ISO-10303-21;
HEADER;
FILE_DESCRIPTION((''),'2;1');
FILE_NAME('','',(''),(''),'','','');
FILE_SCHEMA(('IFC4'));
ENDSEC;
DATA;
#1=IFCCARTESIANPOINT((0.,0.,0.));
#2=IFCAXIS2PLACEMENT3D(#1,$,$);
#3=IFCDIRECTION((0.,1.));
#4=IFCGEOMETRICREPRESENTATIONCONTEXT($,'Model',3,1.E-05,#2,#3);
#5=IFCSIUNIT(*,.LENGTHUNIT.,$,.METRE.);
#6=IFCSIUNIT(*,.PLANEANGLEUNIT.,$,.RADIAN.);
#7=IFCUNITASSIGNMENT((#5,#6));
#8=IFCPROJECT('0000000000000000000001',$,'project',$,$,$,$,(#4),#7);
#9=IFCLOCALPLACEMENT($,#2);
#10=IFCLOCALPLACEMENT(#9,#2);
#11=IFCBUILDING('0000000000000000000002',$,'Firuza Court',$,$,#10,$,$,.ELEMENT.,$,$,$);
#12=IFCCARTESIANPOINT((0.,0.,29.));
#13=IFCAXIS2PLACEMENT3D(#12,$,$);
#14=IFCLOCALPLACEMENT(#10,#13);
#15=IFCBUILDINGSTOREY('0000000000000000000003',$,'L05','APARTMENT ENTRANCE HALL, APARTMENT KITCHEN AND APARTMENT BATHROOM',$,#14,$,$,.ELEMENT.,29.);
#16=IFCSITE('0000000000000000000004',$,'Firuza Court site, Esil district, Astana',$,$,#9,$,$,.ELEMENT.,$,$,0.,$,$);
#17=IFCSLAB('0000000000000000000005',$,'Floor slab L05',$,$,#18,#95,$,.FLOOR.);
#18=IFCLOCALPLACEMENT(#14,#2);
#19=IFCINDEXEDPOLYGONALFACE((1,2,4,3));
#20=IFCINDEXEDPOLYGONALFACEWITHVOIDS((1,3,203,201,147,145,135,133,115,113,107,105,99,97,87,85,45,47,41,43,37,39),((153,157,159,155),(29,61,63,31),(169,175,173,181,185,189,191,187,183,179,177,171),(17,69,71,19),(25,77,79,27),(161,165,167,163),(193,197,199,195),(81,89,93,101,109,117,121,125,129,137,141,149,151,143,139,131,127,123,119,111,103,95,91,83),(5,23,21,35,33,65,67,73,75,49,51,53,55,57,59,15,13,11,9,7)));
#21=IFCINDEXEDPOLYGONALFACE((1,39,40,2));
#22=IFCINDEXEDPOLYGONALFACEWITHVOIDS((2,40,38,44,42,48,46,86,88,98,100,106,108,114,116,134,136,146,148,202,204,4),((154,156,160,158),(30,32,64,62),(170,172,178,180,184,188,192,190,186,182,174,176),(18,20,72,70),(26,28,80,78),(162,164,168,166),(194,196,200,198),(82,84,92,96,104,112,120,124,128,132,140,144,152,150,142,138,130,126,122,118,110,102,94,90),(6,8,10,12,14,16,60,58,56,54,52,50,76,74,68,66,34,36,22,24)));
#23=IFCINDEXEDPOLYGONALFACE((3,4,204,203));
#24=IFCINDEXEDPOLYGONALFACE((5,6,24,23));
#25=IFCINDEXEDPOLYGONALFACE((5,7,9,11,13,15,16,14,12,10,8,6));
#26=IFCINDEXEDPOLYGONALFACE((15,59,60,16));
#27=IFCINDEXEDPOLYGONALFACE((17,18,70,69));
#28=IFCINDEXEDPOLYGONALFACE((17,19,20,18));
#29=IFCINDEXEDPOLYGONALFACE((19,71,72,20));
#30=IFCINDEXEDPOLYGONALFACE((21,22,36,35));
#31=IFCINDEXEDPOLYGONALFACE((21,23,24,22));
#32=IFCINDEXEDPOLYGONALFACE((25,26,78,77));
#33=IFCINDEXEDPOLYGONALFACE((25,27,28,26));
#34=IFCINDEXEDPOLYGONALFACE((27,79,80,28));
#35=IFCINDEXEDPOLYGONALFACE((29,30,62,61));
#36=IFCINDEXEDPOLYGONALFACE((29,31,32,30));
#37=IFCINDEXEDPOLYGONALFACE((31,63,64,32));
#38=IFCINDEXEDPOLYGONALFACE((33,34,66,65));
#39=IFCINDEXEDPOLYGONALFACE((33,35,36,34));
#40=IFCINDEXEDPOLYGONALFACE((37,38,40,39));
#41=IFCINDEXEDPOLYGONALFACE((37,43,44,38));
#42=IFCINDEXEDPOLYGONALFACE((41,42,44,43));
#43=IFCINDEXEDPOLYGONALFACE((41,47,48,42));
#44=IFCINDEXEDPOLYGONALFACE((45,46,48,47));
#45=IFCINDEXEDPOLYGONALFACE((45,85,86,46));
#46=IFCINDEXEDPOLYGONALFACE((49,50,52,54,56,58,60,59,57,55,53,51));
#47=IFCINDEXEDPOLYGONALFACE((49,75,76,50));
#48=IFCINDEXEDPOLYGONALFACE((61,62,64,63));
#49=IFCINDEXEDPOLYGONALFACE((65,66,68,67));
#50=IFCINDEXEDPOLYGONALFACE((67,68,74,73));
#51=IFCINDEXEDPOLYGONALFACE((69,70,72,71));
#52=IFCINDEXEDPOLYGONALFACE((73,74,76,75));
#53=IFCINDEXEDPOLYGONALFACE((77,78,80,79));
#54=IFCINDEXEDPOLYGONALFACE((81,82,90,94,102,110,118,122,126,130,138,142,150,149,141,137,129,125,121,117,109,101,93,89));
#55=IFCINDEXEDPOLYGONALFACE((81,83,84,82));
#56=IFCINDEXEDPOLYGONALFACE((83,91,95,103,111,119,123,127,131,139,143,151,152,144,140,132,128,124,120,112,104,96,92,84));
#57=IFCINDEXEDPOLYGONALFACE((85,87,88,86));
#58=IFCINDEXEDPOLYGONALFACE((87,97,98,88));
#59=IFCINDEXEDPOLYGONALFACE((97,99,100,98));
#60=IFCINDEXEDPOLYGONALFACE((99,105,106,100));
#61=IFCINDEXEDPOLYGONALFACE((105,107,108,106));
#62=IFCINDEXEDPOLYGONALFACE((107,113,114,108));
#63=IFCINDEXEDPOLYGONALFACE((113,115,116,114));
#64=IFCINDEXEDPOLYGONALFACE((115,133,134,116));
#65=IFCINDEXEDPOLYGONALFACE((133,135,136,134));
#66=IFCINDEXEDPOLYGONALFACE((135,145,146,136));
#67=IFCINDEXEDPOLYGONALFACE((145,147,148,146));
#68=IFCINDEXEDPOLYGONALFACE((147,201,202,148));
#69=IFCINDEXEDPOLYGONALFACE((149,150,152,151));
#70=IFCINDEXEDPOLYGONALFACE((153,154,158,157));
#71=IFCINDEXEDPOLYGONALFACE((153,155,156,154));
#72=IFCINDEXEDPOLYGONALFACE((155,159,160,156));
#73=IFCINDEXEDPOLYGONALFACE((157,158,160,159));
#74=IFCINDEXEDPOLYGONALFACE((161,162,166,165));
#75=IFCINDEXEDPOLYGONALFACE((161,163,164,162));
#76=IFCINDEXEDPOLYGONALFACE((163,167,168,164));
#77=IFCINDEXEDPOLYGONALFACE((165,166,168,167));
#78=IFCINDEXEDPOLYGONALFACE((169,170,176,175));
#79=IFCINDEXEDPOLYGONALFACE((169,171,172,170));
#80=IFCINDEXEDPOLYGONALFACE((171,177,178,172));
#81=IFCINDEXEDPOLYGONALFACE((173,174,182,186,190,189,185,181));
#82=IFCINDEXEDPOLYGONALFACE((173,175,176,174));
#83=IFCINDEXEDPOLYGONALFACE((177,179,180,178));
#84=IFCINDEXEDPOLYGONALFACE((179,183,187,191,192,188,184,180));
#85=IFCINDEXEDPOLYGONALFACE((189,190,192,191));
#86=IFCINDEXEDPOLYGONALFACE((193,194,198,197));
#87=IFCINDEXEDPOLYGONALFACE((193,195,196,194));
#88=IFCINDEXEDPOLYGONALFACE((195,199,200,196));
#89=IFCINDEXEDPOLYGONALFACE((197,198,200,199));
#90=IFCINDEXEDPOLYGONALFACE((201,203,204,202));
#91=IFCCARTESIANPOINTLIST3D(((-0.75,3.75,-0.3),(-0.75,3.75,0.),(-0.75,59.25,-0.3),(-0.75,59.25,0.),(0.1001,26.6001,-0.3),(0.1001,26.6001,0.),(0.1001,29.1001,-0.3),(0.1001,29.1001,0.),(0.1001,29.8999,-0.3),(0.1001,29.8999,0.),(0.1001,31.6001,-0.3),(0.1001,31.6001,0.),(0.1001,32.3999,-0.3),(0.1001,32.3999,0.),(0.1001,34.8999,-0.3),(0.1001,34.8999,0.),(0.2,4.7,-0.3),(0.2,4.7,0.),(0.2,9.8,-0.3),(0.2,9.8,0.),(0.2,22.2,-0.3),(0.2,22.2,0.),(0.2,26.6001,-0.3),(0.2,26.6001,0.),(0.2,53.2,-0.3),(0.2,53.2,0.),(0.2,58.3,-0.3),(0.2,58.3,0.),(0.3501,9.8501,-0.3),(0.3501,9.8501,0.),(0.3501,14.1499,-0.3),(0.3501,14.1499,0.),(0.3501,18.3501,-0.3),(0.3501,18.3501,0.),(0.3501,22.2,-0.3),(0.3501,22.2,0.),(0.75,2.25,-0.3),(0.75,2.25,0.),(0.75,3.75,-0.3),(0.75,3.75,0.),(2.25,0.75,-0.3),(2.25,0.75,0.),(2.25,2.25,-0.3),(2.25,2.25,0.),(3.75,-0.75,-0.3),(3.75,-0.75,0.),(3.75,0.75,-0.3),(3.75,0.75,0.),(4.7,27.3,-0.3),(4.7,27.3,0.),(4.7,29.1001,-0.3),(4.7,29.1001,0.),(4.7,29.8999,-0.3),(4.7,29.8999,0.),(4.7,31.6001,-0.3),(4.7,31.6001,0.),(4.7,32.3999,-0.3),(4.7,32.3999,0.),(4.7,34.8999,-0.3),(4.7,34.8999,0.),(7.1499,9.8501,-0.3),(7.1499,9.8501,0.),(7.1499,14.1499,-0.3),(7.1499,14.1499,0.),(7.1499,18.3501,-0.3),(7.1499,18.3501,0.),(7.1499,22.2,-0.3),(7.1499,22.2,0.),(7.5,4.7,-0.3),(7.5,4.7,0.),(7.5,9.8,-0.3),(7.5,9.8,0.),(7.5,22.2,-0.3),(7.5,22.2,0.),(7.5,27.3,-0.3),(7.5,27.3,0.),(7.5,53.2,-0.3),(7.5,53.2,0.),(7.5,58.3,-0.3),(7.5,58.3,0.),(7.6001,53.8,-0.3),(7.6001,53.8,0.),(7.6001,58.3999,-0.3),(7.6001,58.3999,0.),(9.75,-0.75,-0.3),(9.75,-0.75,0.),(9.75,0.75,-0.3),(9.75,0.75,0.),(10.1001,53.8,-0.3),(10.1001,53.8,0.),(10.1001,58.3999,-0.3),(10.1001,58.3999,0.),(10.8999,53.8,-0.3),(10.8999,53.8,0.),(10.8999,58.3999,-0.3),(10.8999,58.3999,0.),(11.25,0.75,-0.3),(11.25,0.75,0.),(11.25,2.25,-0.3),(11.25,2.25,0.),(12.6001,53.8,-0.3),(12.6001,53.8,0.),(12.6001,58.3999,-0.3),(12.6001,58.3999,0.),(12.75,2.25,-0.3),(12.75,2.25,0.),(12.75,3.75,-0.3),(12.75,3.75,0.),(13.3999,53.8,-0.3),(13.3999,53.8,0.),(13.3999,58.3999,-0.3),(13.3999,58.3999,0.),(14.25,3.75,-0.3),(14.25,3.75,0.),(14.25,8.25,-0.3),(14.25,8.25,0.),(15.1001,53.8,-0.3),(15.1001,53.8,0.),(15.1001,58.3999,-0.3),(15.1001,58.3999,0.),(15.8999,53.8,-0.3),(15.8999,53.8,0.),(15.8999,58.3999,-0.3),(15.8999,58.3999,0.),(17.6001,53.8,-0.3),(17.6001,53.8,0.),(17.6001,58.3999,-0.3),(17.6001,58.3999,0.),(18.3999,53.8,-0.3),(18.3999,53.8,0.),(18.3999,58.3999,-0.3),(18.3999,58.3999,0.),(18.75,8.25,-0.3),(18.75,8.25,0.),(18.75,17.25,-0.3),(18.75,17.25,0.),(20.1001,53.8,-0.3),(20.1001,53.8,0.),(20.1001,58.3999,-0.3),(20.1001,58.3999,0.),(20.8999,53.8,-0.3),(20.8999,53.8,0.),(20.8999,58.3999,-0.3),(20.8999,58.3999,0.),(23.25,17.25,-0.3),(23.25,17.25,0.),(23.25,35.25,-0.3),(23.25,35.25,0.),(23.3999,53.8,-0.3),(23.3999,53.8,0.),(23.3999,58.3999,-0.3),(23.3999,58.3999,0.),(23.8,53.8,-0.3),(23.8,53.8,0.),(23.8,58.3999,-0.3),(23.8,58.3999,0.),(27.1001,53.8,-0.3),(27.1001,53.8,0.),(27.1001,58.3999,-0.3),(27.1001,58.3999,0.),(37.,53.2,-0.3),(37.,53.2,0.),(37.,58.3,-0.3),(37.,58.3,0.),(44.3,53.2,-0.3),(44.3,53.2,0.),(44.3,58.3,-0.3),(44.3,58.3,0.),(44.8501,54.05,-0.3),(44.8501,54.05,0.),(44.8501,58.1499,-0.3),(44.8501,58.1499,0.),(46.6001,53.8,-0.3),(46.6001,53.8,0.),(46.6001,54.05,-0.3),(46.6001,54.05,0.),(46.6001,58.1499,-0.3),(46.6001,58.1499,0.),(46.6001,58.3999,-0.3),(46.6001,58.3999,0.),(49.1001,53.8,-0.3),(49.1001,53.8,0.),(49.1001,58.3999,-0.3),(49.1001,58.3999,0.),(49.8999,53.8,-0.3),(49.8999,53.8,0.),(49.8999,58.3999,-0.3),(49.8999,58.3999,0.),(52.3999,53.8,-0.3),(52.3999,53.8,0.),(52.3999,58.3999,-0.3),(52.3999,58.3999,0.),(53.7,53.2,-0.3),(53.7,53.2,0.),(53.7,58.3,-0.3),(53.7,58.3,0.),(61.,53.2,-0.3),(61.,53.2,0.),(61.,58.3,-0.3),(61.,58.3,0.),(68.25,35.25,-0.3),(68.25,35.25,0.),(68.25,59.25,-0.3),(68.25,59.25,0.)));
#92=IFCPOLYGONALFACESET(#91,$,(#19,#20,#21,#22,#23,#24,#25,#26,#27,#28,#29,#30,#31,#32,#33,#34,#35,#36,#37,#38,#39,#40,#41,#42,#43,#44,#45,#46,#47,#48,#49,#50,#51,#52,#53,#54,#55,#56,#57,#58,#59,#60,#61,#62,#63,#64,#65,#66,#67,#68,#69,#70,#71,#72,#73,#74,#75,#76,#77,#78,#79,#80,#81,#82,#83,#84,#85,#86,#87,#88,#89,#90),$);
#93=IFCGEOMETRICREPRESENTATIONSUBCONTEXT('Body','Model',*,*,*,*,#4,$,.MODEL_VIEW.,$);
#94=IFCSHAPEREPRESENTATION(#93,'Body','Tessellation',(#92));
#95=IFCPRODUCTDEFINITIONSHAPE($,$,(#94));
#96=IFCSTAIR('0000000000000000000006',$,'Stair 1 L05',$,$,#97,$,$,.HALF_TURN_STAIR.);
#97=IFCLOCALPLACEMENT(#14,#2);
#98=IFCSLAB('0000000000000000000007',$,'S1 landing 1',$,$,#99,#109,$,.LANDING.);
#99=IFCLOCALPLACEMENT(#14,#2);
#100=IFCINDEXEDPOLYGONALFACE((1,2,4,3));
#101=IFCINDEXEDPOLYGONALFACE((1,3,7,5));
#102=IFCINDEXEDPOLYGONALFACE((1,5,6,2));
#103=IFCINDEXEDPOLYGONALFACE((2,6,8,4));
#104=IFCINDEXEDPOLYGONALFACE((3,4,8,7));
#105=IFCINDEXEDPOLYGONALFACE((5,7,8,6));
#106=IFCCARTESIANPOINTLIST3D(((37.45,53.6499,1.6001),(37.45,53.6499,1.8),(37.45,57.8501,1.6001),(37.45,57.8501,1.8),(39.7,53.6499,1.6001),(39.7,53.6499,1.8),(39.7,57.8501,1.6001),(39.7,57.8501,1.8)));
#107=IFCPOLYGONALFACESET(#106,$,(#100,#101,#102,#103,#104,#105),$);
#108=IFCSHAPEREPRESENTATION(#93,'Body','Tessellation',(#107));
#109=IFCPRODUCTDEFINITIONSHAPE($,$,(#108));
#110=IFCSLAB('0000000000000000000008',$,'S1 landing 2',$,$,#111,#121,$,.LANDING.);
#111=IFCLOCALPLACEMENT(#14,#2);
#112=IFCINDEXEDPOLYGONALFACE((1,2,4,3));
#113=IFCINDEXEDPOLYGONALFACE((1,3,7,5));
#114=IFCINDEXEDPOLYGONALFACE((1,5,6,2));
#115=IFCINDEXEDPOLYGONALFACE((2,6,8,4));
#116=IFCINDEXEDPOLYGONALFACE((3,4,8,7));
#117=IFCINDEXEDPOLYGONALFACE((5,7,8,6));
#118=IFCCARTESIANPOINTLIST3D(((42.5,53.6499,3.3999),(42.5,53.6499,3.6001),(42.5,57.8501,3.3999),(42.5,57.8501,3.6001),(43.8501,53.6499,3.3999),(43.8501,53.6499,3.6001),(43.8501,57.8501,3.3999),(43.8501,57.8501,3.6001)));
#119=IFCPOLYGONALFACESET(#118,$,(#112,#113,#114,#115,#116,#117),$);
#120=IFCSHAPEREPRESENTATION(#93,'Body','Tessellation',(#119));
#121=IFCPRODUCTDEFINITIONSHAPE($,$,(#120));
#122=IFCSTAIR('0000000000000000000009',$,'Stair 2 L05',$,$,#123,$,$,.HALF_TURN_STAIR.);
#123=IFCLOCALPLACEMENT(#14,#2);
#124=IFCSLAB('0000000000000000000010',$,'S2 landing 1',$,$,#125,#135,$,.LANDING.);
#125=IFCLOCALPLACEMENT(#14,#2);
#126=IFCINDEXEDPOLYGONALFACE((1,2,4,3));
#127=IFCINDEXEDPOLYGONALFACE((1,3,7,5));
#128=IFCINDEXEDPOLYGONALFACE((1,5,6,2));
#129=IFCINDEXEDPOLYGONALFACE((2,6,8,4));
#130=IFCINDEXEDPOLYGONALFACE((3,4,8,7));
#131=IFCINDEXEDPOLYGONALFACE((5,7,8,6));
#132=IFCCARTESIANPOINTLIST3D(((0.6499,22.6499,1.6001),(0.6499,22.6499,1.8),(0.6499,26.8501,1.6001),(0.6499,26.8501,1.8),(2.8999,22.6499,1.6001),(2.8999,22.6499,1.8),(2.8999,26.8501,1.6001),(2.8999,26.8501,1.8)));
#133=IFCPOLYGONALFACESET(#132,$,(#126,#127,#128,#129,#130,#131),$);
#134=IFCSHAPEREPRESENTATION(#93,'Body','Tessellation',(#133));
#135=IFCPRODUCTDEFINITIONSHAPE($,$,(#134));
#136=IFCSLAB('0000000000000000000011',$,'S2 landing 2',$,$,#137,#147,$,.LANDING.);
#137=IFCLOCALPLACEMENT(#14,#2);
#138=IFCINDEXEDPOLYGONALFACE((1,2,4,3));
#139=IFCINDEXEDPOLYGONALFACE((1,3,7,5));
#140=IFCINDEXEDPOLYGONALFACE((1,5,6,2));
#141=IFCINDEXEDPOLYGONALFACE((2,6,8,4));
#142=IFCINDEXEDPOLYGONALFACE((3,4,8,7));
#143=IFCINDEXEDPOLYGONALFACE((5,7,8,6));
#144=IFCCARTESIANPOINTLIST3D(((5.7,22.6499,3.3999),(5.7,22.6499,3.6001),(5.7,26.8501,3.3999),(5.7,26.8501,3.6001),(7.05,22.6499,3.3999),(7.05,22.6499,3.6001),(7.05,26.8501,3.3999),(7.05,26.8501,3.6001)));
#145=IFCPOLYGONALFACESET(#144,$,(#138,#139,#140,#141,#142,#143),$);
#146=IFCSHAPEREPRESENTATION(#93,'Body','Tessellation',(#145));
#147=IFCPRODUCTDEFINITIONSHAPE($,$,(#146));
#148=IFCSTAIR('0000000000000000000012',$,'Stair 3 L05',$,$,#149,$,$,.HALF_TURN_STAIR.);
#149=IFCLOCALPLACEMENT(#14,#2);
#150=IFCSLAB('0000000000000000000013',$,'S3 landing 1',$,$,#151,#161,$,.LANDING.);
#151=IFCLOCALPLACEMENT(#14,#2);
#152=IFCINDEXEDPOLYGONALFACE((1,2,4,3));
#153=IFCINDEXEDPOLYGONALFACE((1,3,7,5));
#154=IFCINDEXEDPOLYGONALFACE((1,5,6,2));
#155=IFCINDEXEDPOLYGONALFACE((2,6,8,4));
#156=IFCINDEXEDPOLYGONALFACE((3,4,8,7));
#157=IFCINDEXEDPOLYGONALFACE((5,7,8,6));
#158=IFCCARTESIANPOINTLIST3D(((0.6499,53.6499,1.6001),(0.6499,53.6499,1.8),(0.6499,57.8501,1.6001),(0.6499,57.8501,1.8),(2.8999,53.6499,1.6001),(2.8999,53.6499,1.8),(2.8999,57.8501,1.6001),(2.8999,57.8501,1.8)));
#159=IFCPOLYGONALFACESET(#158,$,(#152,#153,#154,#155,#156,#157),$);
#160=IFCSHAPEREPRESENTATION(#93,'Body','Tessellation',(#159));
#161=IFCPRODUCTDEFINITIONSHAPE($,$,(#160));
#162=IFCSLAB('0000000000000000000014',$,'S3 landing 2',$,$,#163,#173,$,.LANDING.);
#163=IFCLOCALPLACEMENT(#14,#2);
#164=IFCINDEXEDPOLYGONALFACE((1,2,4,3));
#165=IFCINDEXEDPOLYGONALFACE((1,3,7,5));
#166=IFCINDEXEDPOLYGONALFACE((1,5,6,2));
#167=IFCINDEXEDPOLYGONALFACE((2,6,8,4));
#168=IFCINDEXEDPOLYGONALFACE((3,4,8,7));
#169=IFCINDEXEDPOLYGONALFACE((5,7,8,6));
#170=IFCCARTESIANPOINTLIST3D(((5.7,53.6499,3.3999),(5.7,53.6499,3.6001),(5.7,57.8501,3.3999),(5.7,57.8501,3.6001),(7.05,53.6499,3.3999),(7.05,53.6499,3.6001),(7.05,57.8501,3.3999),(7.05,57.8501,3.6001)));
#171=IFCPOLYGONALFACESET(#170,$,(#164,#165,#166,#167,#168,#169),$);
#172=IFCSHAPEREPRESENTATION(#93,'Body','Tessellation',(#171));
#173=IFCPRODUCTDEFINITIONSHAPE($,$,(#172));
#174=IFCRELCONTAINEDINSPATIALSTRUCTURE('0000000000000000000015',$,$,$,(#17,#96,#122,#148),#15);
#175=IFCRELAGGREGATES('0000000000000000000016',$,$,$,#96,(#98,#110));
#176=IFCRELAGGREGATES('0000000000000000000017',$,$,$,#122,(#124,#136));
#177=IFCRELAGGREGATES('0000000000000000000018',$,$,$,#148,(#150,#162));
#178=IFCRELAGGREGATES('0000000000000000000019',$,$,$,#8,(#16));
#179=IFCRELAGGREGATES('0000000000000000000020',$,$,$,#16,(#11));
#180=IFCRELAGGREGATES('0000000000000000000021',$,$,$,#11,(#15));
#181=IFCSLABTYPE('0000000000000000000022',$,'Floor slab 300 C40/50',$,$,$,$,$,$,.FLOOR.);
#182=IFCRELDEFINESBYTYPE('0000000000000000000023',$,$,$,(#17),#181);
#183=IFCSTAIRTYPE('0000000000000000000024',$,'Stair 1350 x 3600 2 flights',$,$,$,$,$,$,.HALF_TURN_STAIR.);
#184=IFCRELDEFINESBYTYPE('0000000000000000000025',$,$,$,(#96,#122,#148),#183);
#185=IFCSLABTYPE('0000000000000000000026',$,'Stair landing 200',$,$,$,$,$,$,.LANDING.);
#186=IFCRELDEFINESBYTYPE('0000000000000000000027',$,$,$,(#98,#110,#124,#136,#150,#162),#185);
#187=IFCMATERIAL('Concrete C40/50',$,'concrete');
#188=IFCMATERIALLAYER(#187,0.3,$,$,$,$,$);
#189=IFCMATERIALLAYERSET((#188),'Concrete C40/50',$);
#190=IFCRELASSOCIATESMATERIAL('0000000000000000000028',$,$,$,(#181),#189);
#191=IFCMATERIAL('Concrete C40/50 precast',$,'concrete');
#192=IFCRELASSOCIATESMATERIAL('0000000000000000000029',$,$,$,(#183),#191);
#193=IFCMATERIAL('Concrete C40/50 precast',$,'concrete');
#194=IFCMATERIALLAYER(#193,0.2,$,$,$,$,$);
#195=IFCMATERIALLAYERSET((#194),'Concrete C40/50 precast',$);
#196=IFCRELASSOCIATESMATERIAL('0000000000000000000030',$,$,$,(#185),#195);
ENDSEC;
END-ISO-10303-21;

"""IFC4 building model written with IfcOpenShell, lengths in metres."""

from ifc_helpers import new_model, si_unit, direction, frame, origin, place, context, subcontext, project, spatial, polyline, outline, extrude, material, layer, layer_set, type_object, element, aggregate, save


model = new_model("IFC4")

# Units and contexts
model_context = context("Model", 3, precision=1e-05, world=origin(), true_north=direction((0.0, 1.0)))
body_context = subcontext(model_context, "Body", "Model", "MODEL_VIEW")
ifc_project = project(units=[si_unit("LENGTHUNIT", "METRE"), si_unit("PLANEANGLEUNIT", "RADIAN")], contexts=[model_context])

# Site, building, storey
site_placement = place(None, origin())
site = spatial("IfcSite", under=ifc_project, at=site_placement, Name="Firuza Court site, Esil district, Astana", CompositionType="ELEMENT", RefElevation=0.0)
building_placement = place(site_placement, origin())
building = spatial("IfcBuilding", under=site, at=building_placement, Name="Firuza Court", CompositionType="ELEMENT")
storey_placement = place(building_placement, frame((0.0, 0.0, 29.0)))
storey = spatial("IfcBuildingStorey", under=building, at=storey_placement, Name="L05", Description="APARTMENT ENTRANCE HALL, APARTMENT KITCHEN AND APARTMENT BATHROOM", CompositionType="ELEMENT", Elevation=29.0)

# Slab
ifc_material_1 = material(Name="Concrete C40/50", Category="concrete")
ifc_layer_1 = layer(ifc_material_1, 0.3)
ifc_layer_set_1 = layer_set([ifc_layer_1], Name="Concrete C40/50")
slab_type_1 = type_object("IfcSlabType", Name="Floor slab 300 C40/50", PredefinedType="FLOOR", material=ifc_layer_set_1)
slab_1_placement = place(storey_placement, frame((0.0, 0.0, -0.3)))
element("IfcSlab", 1, at=slab_1_placement, inside=storey, type_object=slab_type_1, Name="Floor slab L05", PredefinedType="FLOOR", context=body_context, shape_type="SweptSolid", body=[
    extrude(outline(polyline([(3.75, -0.75), (3.75, 0.75), (2.25, 0.75), (2.25, 2.25), (0.75, 2.25), (0.75, 3.75), (-0.75, 3.75), (-0.75, 59.25), (68.25, 59.25), (68.25, 35.25), (23.25, 35.25), (23.25, 17.25), (18.75, 17.25), (18.75, 8.25), (14.25, 8.25), (14.25, 3.75), (12.75, 3.75), (12.75, 2.25), (11.25, 2.25), (11.25, 0.75), (9.75, 0.75), (9.75, -0.75), (3.75, -0.75)]), holes=[polyline([(7.5, 9.8), (0.2, 9.8), (0.2, 4.7), (7.5, 4.7), (7.5, 9.8)]), polyline([(7.1499, 14.1499), (0.3501, 14.1499), (0.3501, 9.8501), (7.1499, 9.8501), (7.1499, 14.1499)]), polyline([(0.2, 22.2), (0.3501, 22.2), (0.3501, 18.3501), (7.1499, 18.3501), (7.1499, 22.2), (7.5, 22.2), (7.5, 27.3), (4.7, 27.3), (4.7, 29.1001), (4.7, 29.8999), (4.7, 31.6001), (4.7, 32.3999), (4.7, 34.8999), (0.1001, 34.8999), (0.1001, 32.3999), (0.1001, 31.6001), (0.1001, 29.8999), (0.1001, 29.1001), (0.1001, 26.6001), (0.2, 26.6001), (0.2, 22.2)]), polyline([(7.5, 58.3), (0.2, 58.3), (0.2, 53.2), (7.5, 53.2), (7.5, 58.3)]), polyline([(10.1001, 58.3999), (7.6001, 58.3999), (7.6001, 53.8), (10.1001, 53.8), (10.8999, 53.8), (12.6001, 53.8), (13.3999, 53.8), (15.1001, 53.8), (15.8999, 53.8), (17.6001, 53.8), (18.3999, 53.8), (20.1001, 53.8), (20.8999, 53.8), (23.3999, 53.8), (23.3999, 58.3999), (20.8999, 58.3999), (20.1001, 58.3999), (18.3999, 58.3999), (17.6001, 58.3999), (15.8999, 58.3999), (15.1001, 58.3999), (13.3999, 58.3999), (12.6001, 58.3999), (10.8999, 58.3999), (10.1001, 58.3999)]), polyline([(44.3, 58.3), (37.0, 58.3), (37.0, 53.2), (44.3, 53.2), (44.3, 58.3)]), polyline([(61.0, 58.3), (53.7, 58.3), (53.7, 53.2), (61.0, 53.2), (61.0, 58.3)]), polyline([(27.1001, 58.3999), (23.8, 58.3999), (23.8, 53.8), (27.1001, 53.8), (27.1001, 58.3999)]), polyline([(46.6001, 58.1499), (44.8501, 58.1499), (44.8501, 54.05), (46.6001, 54.05), (46.6001, 53.8), (49.1001, 53.8), (49.8999, 53.8), (52.3999, 53.8), (52.3999, 58.3999), (49.8999, 58.3999), (49.1001, 58.3999), (46.6001, 58.3999), (46.6001, 58.1499)])]), origin(), (0.0, 0.0, 1.0), 0.3),
])

# Stairs, slabs
ifc_material_2 = material(Name="Concrete C40/50 precast", Category="concrete")
stair_type = type_object("IfcStairType", Name="Stair 1350 x 3600 2 flights", PredefinedType="HALF_TURN_STAIR", material=ifc_material_2)
stair_1_placement = place(storey_placement, origin())
stair_1 = element("IfcStair", 2, at=stair_1_placement, inside=storey, type_object=stair_type, Name="Stair 1 L05", PredefinedType="HALF_TURN_STAIR")
ifc_material_3 = material(Name="Concrete C40/50 precast", Category="concrete")
ifc_layer_2 = layer(ifc_material_3, 0.2)
ifc_layer_set_2 = layer_set([ifc_layer_2], Name="Concrete C40/50 precast")
slab_type_2 = type_object("IfcSlabType", Name="Stair landing 200", PredefinedType="LANDING", material=ifc_layer_set_2)
slab_2_placement = place(storey_placement, frame((0.0, 0.0, 1.6001)))
slab_2 = element("IfcSlab", 3, at=slab_2_placement, type_object=slab_type_2, Name="S1 landing 1", PredefinedType="LANDING", context=body_context, shape_type="SweptSolid", body=[
    extrude(outline(polyline([(39.7, 53.6499), (39.7, 57.8501), (37.45, 57.8501), (37.45, 53.6499), (39.7, 53.6499)])), origin(), (0.0, 0.0, 1.0), 0.2),
])
slab_3_placement = place(storey_placement, frame((0.0, 0.0, 3.3999)))
slab_3 = element("IfcSlab", 4, at=slab_3_placement, type_object=slab_type_2, Name="S1 landing 2", PredefinedType="LANDING", context=body_context, shape_type="SweptSolid", body=[
    extrude(outline(polyline([(43.8501, 53.6499), (43.8501, 57.8501), (42.5, 57.8501), (42.5, 53.6499), (43.8501, 53.6499)])), origin(), (0.0, 0.0, 1.0), 0.2002),
])
aggregate(stair_1, [slab_2, slab_3])
stair_2_placement = place(storey_placement, origin())
stair_2 = element("IfcStair", 5, at=stair_2_placement, inside=storey, type_object=stair_type, Name="Stair 2 L05", PredefinedType="HALF_TURN_STAIR")
slab_4_placement = place(storey_placement, frame((0.0, 0.0, 1.6001)))
slab_4 = element("IfcSlab", 6, at=slab_4_placement, type_object=slab_type_2, Name="S2 landing 1", PredefinedType="LANDING", context=body_context, shape_type="SweptSolid", body=[
    extrude(outline(polyline([(2.8999, 22.6499), (2.8999, 26.8501), (0.6499, 26.8501), (0.6499, 22.6499), (2.8999, 22.6499)])), origin(), (0.0, 0.0, 1.0), 0.2),
])
slab_5_placement = place(storey_placement, frame((0.0, 0.0, 3.3999)))
slab_5 = element("IfcSlab", 7, at=slab_5_placement, type_object=slab_type_2, Name="S2 landing 2", PredefinedType="LANDING", context=body_context, shape_type="SweptSolid", body=[
    extrude(outline(polyline([(7.05, 22.6499), (7.05, 26.8501), (5.7, 26.8501), (5.7, 22.6499), (7.05, 22.6499)])), origin(), (0.0, 0.0, 1.0), 0.2002),
])
aggregate(stair_2, [slab_4, slab_5])
stair_3_placement = place(storey_placement, origin())
stair_3 = element("IfcStair", 8, at=stair_3_placement, inside=storey, type_object=stair_type, Name="Stair 3 L05", PredefinedType="HALF_TURN_STAIR")
slab_6_placement = place(storey_placement, frame((0.0, 0.0, 1.6001)))
slab_6 = element("IfcSlab", 9, at=slab_6_placement, type_object=slab_type_2, Name="S3 landing 1", PredefinedType="LANDING", context=body_context, shape_type="SweptSolid", body=[
    extrude(outline(polyline([(2.8999, 53.6499), (2.8999, 57.8501), (0.6499, 57.8501), (0.6499, 53.6499), (2.8999, 53.6499)])), origin(), (0.0, 0.0, 1.0), 0.2),
])
slab_7_placement = place(storey_placement, frame((0.0, 0.0, 3.3999)))
slab_7 = element("IfcSlab", 10, at=slab_7_placement, type_object=slab_type_2, Name="S3 landing 2", PredefinedType="LANDING", context=body_context, shape_type="SweptSolid", body=[
    extrude(outline(polyline([(7.05, 53.6499), (7.05, 57.8501), (5.7, 57.8501), (5.7, 53.6499), (7.05, 53.6499)])), origin(), (0.0, 0.0, 1.0), 0.2002),
])
aggregate(stair_3, [slab_6, slab_7])

save(model, "model.ifc")
